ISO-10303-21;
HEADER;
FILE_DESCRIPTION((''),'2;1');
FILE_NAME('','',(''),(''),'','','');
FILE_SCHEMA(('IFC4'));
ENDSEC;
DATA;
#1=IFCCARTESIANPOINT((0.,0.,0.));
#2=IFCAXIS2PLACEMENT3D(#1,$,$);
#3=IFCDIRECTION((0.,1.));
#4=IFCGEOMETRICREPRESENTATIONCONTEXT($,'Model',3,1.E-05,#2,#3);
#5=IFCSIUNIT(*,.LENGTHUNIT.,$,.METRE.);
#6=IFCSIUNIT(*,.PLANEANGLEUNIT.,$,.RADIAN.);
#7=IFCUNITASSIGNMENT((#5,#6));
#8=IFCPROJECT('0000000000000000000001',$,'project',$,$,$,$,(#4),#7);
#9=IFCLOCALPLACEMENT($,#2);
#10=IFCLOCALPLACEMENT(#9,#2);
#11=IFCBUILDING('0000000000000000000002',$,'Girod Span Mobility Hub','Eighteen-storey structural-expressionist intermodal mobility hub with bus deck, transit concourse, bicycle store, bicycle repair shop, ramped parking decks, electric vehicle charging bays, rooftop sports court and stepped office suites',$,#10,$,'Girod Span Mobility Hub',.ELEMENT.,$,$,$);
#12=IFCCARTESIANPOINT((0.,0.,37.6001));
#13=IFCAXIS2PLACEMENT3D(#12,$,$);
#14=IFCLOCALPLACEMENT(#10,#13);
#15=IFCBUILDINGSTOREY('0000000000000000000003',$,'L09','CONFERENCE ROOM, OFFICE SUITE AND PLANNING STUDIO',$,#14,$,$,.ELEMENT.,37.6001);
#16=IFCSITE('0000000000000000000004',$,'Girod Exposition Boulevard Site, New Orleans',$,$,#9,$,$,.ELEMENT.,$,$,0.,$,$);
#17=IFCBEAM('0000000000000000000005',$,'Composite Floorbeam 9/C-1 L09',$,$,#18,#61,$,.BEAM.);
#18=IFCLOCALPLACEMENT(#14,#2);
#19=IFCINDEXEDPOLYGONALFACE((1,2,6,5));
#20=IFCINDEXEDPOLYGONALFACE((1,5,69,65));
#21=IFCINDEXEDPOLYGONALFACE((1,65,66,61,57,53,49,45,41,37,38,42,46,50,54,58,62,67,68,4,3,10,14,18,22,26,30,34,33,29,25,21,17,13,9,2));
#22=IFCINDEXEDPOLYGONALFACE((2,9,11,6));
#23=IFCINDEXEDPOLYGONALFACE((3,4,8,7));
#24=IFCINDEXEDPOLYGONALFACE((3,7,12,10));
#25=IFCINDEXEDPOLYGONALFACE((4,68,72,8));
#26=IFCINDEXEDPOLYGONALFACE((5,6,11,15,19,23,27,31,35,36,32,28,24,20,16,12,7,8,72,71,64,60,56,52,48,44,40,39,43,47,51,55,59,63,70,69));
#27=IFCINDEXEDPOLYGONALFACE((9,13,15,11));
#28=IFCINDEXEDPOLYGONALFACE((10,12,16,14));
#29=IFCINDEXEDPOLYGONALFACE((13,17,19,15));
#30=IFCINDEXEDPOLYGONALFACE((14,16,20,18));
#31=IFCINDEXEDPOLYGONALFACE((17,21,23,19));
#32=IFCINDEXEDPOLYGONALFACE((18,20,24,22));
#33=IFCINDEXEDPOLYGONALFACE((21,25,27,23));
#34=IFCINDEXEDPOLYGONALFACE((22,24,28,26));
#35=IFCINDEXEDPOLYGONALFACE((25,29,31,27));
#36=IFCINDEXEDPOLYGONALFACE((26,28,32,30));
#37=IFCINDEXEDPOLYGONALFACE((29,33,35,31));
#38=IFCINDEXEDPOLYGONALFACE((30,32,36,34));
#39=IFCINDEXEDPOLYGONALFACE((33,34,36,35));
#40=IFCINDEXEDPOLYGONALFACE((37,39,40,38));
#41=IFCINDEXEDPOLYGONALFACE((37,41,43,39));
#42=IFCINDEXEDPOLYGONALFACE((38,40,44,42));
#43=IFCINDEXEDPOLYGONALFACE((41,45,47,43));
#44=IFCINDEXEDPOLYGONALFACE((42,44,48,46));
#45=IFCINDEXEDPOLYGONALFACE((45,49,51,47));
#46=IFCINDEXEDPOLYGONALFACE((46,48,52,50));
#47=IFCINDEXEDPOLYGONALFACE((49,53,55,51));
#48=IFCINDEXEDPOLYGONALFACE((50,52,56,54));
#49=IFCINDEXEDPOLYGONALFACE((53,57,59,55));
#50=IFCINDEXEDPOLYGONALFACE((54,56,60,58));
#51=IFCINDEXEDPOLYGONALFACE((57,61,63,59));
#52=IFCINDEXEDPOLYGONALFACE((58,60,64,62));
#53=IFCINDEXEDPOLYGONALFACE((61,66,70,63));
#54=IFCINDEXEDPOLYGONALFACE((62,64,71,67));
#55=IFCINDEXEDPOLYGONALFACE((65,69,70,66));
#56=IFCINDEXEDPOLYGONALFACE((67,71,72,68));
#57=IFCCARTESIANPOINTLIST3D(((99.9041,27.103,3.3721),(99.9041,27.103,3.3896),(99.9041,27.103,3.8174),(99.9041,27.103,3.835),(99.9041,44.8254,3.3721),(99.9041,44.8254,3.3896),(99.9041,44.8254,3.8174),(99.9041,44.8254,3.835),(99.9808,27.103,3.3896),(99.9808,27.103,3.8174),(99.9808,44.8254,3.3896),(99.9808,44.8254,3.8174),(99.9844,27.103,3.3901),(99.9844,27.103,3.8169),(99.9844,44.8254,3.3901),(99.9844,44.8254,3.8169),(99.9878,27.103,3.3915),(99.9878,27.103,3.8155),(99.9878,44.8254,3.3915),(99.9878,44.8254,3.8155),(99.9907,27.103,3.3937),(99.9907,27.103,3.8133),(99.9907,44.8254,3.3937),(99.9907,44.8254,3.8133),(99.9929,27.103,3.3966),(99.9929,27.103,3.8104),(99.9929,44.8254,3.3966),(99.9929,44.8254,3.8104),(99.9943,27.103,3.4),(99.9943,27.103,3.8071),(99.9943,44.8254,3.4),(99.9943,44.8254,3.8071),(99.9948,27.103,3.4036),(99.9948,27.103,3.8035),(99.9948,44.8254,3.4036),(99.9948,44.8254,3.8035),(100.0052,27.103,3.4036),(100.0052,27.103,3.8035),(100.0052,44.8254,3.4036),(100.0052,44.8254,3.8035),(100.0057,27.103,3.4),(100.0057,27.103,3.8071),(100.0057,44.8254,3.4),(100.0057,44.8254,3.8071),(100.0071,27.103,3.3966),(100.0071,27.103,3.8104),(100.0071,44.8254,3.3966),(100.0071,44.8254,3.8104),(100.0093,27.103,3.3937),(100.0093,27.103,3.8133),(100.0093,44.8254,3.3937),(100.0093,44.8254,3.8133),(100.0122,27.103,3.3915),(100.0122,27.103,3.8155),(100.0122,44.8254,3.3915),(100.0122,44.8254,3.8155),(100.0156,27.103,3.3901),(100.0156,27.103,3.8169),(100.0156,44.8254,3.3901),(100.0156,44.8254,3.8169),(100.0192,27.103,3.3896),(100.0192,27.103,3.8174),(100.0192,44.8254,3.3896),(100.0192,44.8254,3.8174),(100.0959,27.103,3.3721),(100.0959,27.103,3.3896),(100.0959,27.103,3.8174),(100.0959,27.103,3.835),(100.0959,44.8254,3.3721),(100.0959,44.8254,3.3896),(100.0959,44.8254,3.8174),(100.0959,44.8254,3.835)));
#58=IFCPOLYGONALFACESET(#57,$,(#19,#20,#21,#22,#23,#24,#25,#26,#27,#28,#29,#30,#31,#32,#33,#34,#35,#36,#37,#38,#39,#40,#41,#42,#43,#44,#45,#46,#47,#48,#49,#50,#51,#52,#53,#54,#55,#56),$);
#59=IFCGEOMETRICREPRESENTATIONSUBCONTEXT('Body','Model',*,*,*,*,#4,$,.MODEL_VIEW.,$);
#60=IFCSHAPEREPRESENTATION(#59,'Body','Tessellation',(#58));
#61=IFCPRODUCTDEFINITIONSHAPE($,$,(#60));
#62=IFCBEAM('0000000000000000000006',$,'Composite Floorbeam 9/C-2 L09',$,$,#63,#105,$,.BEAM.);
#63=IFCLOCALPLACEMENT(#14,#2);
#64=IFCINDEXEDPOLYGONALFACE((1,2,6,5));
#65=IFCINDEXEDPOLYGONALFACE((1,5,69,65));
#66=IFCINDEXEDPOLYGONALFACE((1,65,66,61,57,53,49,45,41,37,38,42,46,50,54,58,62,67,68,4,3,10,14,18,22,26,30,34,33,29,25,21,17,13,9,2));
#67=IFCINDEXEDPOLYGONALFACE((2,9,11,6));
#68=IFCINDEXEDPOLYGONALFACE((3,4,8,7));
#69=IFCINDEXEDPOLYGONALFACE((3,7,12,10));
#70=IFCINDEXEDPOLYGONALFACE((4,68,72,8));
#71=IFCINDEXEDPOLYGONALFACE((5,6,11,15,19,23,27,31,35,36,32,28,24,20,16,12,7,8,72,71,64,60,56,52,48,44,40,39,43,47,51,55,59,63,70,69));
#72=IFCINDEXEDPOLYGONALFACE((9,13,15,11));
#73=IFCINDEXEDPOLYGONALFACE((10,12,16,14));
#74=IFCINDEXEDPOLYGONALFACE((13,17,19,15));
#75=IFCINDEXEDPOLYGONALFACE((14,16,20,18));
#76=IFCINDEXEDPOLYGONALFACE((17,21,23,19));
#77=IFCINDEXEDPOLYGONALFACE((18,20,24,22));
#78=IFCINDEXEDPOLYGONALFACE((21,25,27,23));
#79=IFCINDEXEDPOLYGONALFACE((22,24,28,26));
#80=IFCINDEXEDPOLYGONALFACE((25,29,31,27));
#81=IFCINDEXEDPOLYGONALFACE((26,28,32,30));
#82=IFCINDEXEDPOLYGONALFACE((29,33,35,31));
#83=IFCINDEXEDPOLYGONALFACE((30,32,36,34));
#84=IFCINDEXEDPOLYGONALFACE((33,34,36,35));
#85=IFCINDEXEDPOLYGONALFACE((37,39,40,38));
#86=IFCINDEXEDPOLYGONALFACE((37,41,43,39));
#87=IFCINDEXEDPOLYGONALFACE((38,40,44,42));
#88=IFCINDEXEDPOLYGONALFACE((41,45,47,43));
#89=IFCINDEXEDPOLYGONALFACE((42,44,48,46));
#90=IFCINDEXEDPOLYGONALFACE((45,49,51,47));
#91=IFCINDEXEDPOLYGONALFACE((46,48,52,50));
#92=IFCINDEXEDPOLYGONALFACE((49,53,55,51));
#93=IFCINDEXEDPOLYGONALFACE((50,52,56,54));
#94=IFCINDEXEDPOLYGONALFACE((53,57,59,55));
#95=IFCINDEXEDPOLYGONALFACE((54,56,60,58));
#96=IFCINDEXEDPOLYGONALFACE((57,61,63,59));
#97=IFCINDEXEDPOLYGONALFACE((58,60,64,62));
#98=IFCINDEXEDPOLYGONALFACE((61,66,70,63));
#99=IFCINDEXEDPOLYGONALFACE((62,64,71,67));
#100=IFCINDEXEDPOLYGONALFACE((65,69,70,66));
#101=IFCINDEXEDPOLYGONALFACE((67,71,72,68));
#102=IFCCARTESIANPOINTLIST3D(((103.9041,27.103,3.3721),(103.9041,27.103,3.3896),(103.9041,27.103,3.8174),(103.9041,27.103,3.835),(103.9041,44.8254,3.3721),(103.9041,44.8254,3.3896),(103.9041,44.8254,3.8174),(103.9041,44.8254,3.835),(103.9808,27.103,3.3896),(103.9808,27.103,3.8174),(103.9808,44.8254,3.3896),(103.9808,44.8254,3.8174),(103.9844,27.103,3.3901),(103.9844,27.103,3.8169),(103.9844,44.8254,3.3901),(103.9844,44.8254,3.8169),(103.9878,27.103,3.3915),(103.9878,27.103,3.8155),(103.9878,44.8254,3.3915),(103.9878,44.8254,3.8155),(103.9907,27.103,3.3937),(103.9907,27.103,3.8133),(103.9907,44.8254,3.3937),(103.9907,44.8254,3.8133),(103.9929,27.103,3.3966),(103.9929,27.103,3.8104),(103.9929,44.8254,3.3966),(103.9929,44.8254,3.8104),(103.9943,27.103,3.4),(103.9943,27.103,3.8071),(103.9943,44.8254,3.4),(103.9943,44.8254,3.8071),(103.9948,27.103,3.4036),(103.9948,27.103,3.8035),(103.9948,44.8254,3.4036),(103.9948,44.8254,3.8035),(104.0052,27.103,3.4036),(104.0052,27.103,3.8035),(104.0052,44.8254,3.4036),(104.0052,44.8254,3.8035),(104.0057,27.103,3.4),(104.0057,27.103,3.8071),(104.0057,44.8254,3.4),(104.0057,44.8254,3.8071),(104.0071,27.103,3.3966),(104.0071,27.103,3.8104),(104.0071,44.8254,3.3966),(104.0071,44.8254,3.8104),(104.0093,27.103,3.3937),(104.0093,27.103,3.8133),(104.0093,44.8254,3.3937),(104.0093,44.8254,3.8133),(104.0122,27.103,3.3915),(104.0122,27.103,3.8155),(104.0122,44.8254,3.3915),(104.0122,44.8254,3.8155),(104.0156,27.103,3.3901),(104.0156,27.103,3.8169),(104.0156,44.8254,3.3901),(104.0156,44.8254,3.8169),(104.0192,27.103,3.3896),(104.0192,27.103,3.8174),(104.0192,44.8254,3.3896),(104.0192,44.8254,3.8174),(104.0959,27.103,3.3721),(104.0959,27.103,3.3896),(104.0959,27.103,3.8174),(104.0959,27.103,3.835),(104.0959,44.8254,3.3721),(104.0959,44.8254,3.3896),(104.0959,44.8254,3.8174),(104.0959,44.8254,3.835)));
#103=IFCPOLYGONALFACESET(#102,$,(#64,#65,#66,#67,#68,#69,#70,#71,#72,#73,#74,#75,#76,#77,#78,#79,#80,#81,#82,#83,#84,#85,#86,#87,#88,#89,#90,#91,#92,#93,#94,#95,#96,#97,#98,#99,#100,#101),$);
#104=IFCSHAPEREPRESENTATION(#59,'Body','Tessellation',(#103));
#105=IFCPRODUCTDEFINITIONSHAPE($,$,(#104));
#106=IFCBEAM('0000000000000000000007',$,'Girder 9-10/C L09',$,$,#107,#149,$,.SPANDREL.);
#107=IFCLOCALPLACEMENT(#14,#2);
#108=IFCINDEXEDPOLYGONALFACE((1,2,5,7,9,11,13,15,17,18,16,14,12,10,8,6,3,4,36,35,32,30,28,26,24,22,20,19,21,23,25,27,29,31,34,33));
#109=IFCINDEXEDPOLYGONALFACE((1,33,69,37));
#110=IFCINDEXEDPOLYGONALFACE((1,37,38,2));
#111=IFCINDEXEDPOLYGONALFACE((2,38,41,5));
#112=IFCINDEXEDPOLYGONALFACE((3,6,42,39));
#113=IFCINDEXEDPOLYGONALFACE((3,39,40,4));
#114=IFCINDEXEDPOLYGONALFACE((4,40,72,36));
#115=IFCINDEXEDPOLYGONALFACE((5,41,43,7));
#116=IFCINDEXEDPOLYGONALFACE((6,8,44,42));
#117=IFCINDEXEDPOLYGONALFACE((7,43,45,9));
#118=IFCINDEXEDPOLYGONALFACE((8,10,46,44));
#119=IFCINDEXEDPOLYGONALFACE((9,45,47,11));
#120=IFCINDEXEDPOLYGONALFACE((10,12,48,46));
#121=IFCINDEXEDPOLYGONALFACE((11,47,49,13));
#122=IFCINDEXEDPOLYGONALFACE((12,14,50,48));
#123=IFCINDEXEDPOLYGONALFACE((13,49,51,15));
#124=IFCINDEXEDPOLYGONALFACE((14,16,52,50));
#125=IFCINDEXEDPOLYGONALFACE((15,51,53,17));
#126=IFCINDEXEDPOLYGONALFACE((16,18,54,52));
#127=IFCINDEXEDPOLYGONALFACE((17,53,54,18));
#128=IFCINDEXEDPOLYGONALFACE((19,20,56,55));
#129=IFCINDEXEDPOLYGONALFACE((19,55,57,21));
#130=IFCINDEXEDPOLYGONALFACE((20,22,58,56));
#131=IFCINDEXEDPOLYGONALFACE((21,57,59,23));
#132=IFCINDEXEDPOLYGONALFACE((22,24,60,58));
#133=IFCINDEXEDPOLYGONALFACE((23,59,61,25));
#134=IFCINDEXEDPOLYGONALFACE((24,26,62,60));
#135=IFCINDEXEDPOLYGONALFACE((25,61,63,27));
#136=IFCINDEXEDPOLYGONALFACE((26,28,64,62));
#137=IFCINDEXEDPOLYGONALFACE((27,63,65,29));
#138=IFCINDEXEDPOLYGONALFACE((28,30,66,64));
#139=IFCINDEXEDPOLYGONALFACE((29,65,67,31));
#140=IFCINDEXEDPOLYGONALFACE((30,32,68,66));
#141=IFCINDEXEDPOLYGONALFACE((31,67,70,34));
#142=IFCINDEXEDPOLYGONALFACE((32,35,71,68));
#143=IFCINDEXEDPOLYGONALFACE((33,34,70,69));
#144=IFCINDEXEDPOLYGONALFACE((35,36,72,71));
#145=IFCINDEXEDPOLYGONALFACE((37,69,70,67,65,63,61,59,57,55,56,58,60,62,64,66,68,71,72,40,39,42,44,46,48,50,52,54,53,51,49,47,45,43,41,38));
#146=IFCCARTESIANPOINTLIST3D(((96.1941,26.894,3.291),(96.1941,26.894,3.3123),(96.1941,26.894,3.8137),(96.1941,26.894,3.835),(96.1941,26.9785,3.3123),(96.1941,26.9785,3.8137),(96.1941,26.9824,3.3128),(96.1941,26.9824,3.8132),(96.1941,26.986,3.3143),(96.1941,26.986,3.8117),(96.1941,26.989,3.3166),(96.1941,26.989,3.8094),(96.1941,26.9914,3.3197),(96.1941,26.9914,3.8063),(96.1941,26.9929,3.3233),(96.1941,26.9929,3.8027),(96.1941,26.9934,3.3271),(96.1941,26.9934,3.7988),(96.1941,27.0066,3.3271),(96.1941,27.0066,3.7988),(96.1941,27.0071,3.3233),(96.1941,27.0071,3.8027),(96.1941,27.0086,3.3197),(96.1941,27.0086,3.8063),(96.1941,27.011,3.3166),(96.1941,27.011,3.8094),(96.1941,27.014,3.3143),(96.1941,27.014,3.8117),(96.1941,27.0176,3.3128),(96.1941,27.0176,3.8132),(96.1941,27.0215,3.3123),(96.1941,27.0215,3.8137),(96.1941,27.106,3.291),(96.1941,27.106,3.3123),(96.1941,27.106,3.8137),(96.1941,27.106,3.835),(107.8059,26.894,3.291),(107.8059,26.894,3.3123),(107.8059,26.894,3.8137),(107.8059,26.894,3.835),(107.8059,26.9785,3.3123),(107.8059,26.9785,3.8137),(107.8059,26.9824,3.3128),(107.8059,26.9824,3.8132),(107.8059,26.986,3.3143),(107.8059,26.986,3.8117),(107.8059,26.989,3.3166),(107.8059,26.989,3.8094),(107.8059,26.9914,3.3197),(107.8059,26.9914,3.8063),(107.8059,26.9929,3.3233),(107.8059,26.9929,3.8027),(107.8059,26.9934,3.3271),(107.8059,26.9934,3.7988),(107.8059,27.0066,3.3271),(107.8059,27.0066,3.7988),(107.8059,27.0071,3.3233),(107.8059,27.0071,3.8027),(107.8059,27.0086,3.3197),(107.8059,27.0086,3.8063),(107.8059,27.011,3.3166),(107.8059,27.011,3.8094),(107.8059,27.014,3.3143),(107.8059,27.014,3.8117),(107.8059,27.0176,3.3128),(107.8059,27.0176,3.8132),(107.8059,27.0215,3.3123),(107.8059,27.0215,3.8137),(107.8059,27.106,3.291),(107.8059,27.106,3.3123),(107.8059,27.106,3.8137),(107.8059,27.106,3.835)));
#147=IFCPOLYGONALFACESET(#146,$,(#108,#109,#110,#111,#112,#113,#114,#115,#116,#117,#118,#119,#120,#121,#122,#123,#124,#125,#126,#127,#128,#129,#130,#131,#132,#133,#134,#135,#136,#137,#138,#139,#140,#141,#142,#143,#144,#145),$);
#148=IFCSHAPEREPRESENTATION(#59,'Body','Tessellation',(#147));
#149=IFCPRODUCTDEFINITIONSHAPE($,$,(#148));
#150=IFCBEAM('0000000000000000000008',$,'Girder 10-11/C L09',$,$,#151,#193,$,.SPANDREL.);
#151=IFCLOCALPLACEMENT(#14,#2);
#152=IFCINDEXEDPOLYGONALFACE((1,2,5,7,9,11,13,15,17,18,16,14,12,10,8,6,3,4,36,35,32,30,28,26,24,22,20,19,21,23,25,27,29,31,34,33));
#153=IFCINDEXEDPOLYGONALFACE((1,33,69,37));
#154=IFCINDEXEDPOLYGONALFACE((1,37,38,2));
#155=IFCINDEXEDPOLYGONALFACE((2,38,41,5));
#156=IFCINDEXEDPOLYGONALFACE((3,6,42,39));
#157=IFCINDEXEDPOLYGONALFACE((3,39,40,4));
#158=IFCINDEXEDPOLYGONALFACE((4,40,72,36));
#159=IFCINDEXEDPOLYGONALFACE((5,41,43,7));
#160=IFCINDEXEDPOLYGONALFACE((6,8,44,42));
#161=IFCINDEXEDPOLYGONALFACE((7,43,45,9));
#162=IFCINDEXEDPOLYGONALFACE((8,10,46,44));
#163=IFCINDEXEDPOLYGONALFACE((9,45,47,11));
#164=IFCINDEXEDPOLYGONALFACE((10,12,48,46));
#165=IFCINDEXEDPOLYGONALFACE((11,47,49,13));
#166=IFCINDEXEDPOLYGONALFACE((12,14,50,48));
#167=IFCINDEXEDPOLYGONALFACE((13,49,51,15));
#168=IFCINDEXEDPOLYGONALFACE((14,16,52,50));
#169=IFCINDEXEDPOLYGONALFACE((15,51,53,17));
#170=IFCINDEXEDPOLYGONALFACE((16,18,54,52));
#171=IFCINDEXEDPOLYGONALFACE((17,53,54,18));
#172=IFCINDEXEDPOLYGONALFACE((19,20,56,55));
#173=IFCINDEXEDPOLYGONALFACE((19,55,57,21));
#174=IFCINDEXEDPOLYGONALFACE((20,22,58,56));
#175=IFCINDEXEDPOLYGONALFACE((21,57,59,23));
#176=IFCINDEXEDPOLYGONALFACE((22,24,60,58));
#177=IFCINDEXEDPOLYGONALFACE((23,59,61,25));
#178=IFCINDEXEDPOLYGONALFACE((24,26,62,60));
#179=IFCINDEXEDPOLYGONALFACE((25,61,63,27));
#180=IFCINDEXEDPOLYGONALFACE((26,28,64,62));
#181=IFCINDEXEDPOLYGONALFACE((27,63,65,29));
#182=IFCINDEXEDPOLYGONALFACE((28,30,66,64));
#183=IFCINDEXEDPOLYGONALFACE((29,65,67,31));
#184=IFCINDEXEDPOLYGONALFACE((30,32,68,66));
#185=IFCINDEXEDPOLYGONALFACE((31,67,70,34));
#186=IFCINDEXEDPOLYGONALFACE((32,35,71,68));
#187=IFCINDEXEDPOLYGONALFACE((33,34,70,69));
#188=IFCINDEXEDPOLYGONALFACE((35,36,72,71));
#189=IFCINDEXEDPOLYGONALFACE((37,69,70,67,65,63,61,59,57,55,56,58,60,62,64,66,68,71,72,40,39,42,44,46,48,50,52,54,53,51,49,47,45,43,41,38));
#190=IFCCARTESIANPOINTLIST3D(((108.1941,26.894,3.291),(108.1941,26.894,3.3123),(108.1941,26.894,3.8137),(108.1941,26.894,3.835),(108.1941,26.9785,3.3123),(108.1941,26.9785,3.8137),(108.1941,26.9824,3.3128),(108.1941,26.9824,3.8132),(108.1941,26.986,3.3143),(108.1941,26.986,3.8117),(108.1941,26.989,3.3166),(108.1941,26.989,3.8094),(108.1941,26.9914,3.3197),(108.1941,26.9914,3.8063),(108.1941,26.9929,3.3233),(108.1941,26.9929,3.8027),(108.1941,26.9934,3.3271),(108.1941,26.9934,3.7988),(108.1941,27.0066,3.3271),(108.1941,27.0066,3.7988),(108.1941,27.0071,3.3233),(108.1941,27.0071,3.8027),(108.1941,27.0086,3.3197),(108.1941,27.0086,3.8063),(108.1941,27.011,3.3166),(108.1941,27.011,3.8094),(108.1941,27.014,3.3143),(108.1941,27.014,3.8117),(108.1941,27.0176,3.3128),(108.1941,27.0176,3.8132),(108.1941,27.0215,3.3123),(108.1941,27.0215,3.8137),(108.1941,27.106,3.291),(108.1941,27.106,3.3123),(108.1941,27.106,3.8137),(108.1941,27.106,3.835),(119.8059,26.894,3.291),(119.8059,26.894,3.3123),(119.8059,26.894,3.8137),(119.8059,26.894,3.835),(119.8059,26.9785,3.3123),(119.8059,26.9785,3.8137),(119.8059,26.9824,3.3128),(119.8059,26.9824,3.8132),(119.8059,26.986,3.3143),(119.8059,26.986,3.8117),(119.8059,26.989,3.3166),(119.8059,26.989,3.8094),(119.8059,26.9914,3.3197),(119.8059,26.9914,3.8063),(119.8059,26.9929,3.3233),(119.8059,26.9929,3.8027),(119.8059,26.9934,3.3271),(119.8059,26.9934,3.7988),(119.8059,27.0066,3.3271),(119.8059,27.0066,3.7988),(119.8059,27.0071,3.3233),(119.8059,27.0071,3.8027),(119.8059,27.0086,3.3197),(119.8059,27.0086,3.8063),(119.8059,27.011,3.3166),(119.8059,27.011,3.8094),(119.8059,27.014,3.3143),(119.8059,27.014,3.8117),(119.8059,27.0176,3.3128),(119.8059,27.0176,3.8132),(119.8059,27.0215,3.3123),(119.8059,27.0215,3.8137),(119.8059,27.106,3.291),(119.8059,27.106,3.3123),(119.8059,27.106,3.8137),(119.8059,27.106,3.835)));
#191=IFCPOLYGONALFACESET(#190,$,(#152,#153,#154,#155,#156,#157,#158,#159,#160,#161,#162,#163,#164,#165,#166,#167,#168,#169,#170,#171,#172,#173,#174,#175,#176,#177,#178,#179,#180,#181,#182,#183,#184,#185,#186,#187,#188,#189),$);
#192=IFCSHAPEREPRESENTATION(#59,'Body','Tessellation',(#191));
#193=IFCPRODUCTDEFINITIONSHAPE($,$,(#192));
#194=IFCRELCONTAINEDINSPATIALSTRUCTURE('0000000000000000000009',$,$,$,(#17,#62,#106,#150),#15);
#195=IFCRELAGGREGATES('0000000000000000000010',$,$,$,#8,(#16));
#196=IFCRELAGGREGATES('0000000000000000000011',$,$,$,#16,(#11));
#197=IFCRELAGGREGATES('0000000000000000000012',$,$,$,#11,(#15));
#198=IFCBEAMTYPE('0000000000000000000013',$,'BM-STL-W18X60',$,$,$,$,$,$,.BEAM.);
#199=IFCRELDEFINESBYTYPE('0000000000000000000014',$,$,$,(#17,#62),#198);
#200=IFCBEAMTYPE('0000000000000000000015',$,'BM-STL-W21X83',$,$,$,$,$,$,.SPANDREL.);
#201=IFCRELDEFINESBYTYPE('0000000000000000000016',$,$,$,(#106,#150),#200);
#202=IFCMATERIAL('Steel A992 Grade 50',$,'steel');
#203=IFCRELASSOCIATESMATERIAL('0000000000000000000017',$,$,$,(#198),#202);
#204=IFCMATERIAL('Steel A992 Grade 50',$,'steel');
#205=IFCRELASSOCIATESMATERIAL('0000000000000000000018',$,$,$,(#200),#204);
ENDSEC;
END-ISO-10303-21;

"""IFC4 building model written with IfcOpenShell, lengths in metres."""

from ifc_helpers import new_model, si_unit, direction, frame, origin, origin_2d, place, context, subcontext, project, spatial, i_section, extrude, material, material_profile, profile_set, type_object, element, save


model = new_model("IFC4")

# Units and contexts
model_context = context("Model", 3, precision=1e-05, world=origin(), true_north=direction((0.0, 1.0)))
body_context = subcontext(model_context, "Body", "Model", "MODEL_VIEW")
ifc_project = project(units=[si_unit("LENGTHUNIT", "METRE"), si_unit("PLANEANGLEUNIT", "RADIAN")], contexts=[model_context])

# Site, building, storey
site_placement = place(None, origin())
site = spatial("IfcSite", under=ifc_project, at=site_placement, Name="Girod Exposition Boulevard Site, New Orleans", CompositionType="ELEMENT", RefElevation=0.0)
building_placement = place(site_placement, origin())
building = spatial("IfcBuilding", under=site, at=building_placement, Name="Girod Span Mobility Hub", Description="Eighteen-storey structural-expressionist intermodal mobility hub with bus deck, transit concourse, bicycle store, bicycle repair shop, ramped parking decks, electric vehicle charging bays, rooftop sports court and stepped office suites", LongName="Girod Span Mobility Hub", CompositionType="ELEMENT")
storey_placement = place(building_placement, frame((0.0, 0.0, 37.6001)))
storey = spatial("IfcBuildingStorey", under=building, at=storey_placement, Name="L09", Description="CONFERENCE ROOM, OFFICE SUITE AND PLANNING STUDIO", CompositionType="ELEMENT", Elevation=37.6001)

# Beams
ifc_material_1 = material(Name="Steel A992 Grade 50", Category="steel")
ifc_material_profile_1 = material_profile(ifc_material_1, i_section(OverallWidth=0.1919, OverallDepth=0.4629, WebThickness=0.0105, FlangeThickness=0.0176, FilletRadius=0.0139, at=origin_2d()), Name="W18X60")
ifc_profile_set_1 = profile_set([ifc_material_profile_1], Name="Steel A992 Grade 50")
beam_type_1 = type_object("IfcBeamType", Name="BM-STL-W18X60", PredefinedType="BEAM", material=ifc_profile_set_1)
for number, where, z_axis, x_axis, name in (
    (1, (100.0, 27.103, 3.6035), (0.0, 1.0, 0.0), (-1.0, 0.0, 0.0), "Composite Floorbeam 9/C-1 L09"),
    (2, (104.0, 27.103, 3.6035), (0.0, 1.0, 0.0), (-1.0, 0.0, 0.0), "Composite Floorbeam 9/C-2 L09"),
):
    element("IfcBeam", number, at=place(storey_placement, frame(where, z_axis=z_axis, x_axis=x_axis)), inside=storey, type_object=beam_type_1, Name=name, PredefinedType="BEAM", context=body_context, shape_type="SweptSolid", body=[
        extrude(i_section(OverallWidth=0.1919, OverallDepth=0.4629, WebThickness=0.0105, FlangeThickness=0.0176, FilletRadius=0.0139, at=origin_2d()), origin(), (0.0, 0.0, 1.0), 17.7224),
    ])
ifc_material_2 = material(Name="Steel A992 Grade 50", Category="steel")
ifc_material_profile_2 = material_profile(ifc_material_2, i_section(OverallWidth=0.2119, OverallDepth=0.5439, WebThickness=0.0132, FlangeThickness=0.0212, FilletRadius=0.0149, at=origin_2d()), Name="W21X83")
ifc_profile_set_2 = profile_set([ifc_material_profile_2], Name="Steel A992 Grade 50")
beam_type_2 = type_object("IfcBeamType", Name="BM-STL-W21X83", PredefinedType="SPANDREL", material=ifc_profile_set_2)
for number, where, z_axis, x_axis, name in (
    (3, (96.1941, 27.0, 3.563), (1.0, 0.0, 0.0), (0.0, 1.0, 0.0), "Girder 9-10/C L09"),
    (4, (108.1941, 27.0, 3.563), (1.0, 0.0, 0.0), (0.0, 1.0, 0.0), "Girder 10-11/C L09"),
):
    element("IfcBeam", number, at=place(storey_placement, frame(where, z_axis=z_axis, x_axis=x_axis)), inside=storey, type_object=beam_type_2, Name=name, PredefinedType="SPANDREL", context=body_context, shape_type="SweptSolid", body=[
        extrude(i_section(OverallWidth=0.2119, OverallDepth=0.5439, WebThickness=0.0132, FlangeThickness=0.0212, FilletRadius=0.0149, at=origin_2d()), origin(), (0.0, 0.0, 1.0), 11.6118),
    ])

save(model, "model.ifc")
